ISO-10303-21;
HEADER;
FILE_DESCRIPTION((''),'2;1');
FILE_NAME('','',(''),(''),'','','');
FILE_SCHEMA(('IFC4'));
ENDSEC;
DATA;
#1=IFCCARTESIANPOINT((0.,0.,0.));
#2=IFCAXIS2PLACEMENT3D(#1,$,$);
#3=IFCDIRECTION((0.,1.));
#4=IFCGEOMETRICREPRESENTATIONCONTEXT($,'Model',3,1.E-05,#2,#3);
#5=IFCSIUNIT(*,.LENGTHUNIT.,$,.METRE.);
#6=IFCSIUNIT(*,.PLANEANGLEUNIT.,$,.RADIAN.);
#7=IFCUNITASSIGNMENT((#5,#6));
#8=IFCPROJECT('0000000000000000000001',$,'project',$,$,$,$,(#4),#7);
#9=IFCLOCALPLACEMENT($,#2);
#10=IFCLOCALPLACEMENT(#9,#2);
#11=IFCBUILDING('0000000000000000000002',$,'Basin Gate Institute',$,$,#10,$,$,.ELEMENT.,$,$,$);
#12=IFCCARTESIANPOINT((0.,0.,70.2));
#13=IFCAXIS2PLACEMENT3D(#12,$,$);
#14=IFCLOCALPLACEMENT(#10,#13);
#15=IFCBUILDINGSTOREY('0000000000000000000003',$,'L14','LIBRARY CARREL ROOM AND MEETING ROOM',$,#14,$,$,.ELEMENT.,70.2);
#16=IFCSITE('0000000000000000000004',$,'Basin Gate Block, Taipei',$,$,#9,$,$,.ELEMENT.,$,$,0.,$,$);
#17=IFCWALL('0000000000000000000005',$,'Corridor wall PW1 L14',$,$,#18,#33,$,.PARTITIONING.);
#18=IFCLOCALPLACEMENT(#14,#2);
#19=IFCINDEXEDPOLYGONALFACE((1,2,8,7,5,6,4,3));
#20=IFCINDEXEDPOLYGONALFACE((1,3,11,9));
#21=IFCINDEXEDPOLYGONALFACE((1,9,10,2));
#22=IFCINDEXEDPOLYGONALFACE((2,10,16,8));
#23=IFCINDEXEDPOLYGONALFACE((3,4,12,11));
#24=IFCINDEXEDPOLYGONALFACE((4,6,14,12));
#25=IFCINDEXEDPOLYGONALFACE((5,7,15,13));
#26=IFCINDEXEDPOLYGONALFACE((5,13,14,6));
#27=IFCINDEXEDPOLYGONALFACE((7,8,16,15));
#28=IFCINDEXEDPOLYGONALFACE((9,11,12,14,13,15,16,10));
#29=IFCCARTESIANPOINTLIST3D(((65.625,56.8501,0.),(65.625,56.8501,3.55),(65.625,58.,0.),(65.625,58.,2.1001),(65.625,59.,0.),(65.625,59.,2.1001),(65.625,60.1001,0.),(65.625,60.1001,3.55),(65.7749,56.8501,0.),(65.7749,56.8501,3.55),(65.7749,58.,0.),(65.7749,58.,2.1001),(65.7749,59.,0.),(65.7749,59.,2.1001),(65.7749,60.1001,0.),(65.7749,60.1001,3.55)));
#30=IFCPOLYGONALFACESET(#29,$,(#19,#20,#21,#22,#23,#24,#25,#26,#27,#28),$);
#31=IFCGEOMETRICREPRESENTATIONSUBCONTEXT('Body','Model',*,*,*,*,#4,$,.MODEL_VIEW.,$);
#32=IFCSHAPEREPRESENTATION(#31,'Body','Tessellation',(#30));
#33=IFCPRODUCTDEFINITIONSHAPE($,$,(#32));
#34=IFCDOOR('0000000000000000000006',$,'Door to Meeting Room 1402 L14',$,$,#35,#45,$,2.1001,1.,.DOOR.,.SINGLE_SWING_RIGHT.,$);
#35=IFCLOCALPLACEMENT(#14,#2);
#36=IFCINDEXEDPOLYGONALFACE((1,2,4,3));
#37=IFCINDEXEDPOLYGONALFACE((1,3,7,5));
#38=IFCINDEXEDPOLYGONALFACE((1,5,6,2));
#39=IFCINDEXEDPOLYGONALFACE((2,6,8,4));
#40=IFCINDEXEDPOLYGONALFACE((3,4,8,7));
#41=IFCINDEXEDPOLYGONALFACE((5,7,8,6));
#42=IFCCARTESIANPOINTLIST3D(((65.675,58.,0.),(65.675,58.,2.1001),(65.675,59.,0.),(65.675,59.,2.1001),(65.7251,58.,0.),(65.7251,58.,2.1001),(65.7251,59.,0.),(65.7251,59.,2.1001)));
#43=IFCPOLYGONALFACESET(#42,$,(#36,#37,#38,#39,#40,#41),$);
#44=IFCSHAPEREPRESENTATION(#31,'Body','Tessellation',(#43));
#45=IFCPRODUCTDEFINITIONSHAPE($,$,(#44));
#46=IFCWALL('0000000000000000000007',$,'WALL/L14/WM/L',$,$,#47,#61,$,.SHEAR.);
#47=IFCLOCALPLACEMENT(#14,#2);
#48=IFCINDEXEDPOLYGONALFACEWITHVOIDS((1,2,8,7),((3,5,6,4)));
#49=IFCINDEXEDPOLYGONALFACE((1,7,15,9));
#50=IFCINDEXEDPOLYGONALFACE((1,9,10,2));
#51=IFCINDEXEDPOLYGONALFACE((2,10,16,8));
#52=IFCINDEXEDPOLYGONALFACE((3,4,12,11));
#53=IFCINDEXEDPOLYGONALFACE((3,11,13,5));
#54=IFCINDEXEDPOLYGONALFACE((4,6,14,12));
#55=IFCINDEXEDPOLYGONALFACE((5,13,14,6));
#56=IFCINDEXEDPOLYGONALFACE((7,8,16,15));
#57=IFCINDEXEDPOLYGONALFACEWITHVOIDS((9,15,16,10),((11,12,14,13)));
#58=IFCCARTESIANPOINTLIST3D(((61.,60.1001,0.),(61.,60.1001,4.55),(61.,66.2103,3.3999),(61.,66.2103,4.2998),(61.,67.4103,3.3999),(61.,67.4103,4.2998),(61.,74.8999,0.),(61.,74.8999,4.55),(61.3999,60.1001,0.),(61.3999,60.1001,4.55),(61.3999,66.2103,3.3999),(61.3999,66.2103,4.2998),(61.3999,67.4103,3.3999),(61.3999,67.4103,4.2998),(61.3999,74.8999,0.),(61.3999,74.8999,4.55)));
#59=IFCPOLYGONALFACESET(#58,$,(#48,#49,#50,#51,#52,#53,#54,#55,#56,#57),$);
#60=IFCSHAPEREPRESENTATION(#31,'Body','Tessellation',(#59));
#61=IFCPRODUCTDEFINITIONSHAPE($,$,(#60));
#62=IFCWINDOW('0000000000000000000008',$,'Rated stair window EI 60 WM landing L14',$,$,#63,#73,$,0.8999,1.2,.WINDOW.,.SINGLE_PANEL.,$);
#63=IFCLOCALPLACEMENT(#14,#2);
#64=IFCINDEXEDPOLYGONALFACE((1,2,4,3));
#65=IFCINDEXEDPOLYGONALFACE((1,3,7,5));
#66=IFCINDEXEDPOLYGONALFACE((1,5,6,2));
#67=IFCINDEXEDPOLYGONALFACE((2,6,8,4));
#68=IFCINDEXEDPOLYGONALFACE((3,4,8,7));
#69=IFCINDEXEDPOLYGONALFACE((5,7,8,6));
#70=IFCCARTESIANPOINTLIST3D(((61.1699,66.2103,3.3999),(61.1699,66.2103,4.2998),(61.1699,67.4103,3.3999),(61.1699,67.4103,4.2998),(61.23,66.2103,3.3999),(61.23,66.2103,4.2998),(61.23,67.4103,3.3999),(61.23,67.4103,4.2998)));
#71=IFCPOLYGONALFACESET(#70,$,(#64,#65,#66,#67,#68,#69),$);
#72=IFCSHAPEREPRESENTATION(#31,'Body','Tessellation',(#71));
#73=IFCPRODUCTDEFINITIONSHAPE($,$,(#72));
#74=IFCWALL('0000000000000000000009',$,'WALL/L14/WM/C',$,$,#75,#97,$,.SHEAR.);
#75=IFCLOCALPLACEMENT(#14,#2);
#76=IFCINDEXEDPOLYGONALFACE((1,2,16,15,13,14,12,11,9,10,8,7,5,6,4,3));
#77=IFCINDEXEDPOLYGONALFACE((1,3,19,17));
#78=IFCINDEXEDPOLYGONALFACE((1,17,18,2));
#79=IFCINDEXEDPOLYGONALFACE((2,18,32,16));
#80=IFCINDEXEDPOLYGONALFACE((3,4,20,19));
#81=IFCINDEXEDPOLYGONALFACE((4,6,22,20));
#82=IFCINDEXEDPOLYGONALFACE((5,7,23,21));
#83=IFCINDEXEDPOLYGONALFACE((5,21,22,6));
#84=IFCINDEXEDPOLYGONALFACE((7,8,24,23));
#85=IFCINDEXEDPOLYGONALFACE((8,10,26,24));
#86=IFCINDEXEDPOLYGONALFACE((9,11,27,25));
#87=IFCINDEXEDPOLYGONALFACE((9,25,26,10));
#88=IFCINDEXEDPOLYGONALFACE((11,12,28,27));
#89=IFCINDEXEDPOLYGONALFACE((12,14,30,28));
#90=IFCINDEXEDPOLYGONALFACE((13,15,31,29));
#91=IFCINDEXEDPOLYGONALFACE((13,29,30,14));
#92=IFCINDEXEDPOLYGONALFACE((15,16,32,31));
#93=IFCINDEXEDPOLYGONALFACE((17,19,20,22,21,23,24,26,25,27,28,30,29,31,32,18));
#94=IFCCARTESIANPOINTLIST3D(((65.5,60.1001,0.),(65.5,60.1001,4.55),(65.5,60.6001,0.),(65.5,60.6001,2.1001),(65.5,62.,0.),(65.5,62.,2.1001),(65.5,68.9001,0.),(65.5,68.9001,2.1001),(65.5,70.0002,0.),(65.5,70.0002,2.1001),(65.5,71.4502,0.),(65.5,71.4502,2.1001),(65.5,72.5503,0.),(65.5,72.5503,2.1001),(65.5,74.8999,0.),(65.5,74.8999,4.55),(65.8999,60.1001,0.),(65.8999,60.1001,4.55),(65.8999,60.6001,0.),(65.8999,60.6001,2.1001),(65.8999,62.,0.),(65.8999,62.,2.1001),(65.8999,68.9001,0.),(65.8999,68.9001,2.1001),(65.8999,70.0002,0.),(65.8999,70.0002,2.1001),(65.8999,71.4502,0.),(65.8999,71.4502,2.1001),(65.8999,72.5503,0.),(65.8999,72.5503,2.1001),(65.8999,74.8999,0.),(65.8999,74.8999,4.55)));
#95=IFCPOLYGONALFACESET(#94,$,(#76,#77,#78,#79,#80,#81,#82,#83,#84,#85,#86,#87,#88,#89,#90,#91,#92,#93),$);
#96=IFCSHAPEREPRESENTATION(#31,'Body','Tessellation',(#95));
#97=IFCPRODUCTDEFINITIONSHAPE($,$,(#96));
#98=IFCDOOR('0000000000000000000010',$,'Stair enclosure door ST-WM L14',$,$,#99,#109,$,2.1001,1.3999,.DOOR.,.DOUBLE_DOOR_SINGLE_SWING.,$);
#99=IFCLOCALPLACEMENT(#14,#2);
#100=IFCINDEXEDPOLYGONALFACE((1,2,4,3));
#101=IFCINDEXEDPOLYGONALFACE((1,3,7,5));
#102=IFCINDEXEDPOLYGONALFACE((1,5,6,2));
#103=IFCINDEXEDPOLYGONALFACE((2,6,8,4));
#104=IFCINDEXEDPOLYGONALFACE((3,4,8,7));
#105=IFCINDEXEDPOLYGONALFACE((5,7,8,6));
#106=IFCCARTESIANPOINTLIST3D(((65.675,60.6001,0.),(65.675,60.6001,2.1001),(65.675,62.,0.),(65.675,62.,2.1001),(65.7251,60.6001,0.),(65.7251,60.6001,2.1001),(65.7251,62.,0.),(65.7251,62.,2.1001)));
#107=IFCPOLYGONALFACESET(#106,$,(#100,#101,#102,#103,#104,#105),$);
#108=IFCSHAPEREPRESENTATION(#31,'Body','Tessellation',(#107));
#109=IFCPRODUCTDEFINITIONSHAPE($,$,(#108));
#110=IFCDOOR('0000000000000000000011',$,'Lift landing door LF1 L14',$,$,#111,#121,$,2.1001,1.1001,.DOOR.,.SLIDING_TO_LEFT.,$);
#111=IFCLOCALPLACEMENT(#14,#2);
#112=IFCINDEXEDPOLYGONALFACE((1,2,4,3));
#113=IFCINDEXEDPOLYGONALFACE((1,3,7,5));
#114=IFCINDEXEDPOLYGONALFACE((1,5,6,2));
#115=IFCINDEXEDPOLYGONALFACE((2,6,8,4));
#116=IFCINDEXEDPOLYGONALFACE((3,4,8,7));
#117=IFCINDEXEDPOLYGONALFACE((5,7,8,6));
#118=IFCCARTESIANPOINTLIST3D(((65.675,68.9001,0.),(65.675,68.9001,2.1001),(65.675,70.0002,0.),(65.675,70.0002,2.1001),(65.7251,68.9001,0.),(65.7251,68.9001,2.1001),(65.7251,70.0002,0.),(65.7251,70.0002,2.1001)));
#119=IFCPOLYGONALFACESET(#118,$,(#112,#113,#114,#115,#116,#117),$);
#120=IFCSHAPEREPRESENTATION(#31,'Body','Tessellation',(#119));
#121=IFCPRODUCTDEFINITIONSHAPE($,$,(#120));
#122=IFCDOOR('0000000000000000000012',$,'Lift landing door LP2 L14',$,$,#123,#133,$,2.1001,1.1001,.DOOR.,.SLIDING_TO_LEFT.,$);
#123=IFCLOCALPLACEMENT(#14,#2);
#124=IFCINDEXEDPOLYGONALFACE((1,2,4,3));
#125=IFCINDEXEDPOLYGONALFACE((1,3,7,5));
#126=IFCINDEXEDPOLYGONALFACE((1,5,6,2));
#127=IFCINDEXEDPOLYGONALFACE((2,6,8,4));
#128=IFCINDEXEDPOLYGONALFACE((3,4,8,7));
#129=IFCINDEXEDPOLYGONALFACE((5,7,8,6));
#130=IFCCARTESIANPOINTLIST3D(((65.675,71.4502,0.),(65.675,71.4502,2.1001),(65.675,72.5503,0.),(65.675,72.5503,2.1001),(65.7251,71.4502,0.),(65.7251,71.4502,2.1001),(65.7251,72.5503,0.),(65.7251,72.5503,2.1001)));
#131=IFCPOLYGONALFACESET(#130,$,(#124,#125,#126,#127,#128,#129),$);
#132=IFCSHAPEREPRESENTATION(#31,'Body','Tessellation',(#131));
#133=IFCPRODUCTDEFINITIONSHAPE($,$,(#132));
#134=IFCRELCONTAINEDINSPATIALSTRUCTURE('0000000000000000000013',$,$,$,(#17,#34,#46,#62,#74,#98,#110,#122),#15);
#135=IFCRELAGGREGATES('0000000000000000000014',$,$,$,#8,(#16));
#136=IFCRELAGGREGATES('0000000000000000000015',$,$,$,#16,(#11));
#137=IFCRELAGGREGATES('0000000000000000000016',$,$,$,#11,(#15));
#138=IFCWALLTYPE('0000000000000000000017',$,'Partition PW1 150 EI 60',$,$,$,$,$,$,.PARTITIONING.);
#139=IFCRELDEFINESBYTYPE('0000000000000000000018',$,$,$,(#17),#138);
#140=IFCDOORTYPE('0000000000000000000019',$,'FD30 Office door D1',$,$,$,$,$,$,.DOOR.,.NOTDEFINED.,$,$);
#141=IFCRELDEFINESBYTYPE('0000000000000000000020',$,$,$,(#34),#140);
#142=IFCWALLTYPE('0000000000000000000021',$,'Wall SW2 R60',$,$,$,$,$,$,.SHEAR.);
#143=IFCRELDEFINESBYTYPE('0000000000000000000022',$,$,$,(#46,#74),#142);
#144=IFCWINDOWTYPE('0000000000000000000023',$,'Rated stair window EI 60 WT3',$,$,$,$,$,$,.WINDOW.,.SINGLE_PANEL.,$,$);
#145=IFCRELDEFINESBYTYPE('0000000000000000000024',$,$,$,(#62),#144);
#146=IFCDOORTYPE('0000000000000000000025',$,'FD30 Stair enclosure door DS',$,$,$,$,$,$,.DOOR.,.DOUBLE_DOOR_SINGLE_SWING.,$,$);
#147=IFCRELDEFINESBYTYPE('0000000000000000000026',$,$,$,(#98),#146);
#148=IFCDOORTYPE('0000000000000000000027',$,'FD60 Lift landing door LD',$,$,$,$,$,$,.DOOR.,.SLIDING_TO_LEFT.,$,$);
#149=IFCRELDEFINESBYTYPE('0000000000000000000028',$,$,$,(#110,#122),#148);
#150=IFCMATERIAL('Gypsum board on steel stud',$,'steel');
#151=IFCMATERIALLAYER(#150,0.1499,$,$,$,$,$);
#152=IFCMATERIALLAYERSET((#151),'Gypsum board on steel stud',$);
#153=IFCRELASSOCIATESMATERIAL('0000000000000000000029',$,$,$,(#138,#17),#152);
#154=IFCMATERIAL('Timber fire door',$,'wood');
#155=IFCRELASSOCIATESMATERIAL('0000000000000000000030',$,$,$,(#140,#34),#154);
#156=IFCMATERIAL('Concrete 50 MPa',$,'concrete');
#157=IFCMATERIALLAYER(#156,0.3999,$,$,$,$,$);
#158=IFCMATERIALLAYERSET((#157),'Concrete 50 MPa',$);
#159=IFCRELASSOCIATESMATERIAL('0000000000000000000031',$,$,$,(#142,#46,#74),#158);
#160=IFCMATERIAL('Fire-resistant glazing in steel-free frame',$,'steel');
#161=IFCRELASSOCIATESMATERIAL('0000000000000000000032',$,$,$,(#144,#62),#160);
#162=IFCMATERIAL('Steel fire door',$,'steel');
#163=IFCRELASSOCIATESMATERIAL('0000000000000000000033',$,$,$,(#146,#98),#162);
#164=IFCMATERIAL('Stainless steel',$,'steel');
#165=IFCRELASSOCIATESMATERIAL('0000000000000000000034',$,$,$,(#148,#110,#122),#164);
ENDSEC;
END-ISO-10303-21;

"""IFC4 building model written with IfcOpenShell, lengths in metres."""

from ifc_helpers import new_model, si_unit, direction, frame, frame_2d, origin, place, context, subcontext, project, spatial, rectangle, extrude, material, layer, layer_set, type_object, element, fill, save


model = new_model("IFC4")

# Units and contexts
model_context = context("Model", 3, precision=1e-05, world=origin(), true_north=direction((0.0, 1.0)))
body_context = subcontext(model_context, "Body", "Model", "MODEL_VIEW")
ifc_project = project(units=[si_unit("LENGTHUNIT", "METRE"), si_unit("PLANEANGLEUNIT", "RADIAN")], contexts=[model_context])

# Site, building, storey
site_placement = place(None, origin())
site = spatial("IfcSite", under=ifc_project, at=site_placement, Name="Basin Gate Block, Taipei", CompositionType="ELEMENT", RefElevation=0.0)
building_placement = place(site_placement, origin())
building = spatial("IfcBuilding", under=site, at=building_placement, Name="Basin Gate Institute", CompositionType="ELEMENT")
storey_placement = place(building_placement, frame((0.0, 0.0, 70.2)))
storey = spatial("IfcBuildingStorey", under=building, at=storey_placement, Name="L14", Description="LIBRARY CARREL ROOM AND MEETING ROOM", CompositionType="ELEMENT", Elevation=70.2)

# Wall, opening, door
ifc_material_1 = material(Name="Gypsum board on steel stud", Category="steel")
ifc_layer_1 = layer(ifc_material_1, 0.1499)
ifc_layer_set_1 = layer_set([ifc_layer_1], Name="Gypsum board on steel stud")
wall_type_1 = type_object("IfcWallType", Name="Partition PW1 150 EI 60", PredefinedType="PARTITIONING", material=ifc_layer_set_1)
wall_1_placement = place(storey_placement, frame((65.7, 56.8501, 0.0), z_axis=(0.0, 0.0, 1.0), x_axis=(0.0, 1.0, 0.0)))
wall_1 = element("IfcWall", 1, at=wall_1_placement, inside=storey, type_object=wall_type_1, material=ifc_layer_set_1, Name="Corridor wall PW1 L14", PredefinedType="PARTITIONING", context=body_context, shape_type="SweptSolid", body=[
    extrude(rectangle(XDim=3.25, YDim=0.1499, at=frame_2d((1.625, 0.0))), origin(), (0.0, 0.0, 1.0), 3.55),
])
opening_1_placement = place(wall_1_placement, frame((1.1499, 0.0, 0.0)))
opening_1 = element("IfcOpeningElement", 2, at=opening_1_placement, cuts=wall_1, PredefinedType="OPENING", context=body_context, shape_type="SweptSolid", body=[
    extrude(rectangle(XDim=1.0, YDim=2.1001, at=frame_2d((0.5, 1.05))), frame((0.0, 0.085, 0.0), z_axis=(0.0, -1.0, 0.0), x_axis=(1.0, 0.0, 0.0)), (0.0, 0.0, 1.0), 0.1699),
])
ifc_material_2 = material(Name="Timber fire door", Category="wood")
door_type_1 = type_object("IfcDoorType", Name="FD30 Office door D1", OperationType="NOTDEFINED", PredefinedType="DOOR", material=ifc_material_2)
door_1_placement = place(opening_1_placement, origin())
door_1 = element("IfcDoor", 3, at=door_1_placement, inside=storey, type_object=door_type_1, material=ifc_material_2, Name="Door to Meeting Room 1402 L14", OperationType="SINGLE_SWING_RIGHT", OverallHeight=2.1001, OverallWidth=1.0, PredefinedType="DOOR", context=body_context, shape_type="SweptSolid", body=[
    extrude(rectangle(XDim=1.0, YDim=2.1001, at=frame_2d((0.5, 1.05))), frame((0.0, 0.0249, 0.0), z_axis=(0.0, -1.0, 0.0), x_axis=(1.0, 0.0, 0.0)), (0.0, 0.0, 1.0), 0.05),
])
fill(opening_1, door_1)

# Wall, opening, window
ifc_material_3 = material(Name="Concrete 50 MPa", Category="concrete")
ifc_layer_2 = layer(ifc_material_3, 0.3999)
ifc_layer_set_2 = layer_set([ifc_layer_2], Name="Concrete 50 MPa")
wall_type_2 = type_object("IfcWallType", Name="Wall SW2 R60", PredefinedType="SHEAR", material=ifc_layer_set_2)
wall_2_placement = place(storey_placement, frame((61.2, 60.1001, 0.0), z_axis=(0.0, 0.0, 1.0), x_axis=(0.0, 1.0, 0.0)))
wall_2 = element("IfcWall", 4, at=wall_2_placement, inside=storey, type_object=wall_type_2, material=ifc_layer_set_2, Name="WALL/L14/WM/L", PredefinedType="SHEAR", context=body_context, shape_type="SweptSolid", body=[
    extrude(rectangle(XDim=14.7998, YDim=0.3999, at=frame_2d((7.3999, 0.0))), origin(), (0.0, 0.0, 1.0), 4.55),
])
opening_2_placement = place(wall_2_placement, frame((6.1101, 0.0, 3.3999)))
opening_2 = element("IfcOpeningElement", 5, at=opening_2_placement, cuts=wall_2, PredefinedType="OPENING", context=body_context, shape_type="SweptSolid", body=[
    extrude(rectangle(XDim=1.2, YDim=0.8999, at=frame_2d((0.6001, 0.45))), frame((0.0, 0.21, 0.0), z_axis=(0.0, -1.0, 0.0), x_axis=(1.0, 0.0, 0.0)), (0.0, 0.0, 1.0), 0.4199),
])
ifc_material_4 = material(Name="Fire-resistant glazing in steel-free frame", Category="steel")
window_type_1 = type_object("IfcWindowType", Name="Rated stair window EI 60 WT3", PartitioningType="SINGLE_PANEL", PredefinedType="WINDOW", material=ifc_material_4)
window_1_placement = place(opening_2_placement, origin())
window_1 = element("IfcWindow", 6, at=window_1_placement, inside=storey, type_object=window_type_1, material=ifc_material_4, Name="Rated stair window EI 60 WM landing L14", OverallHeight=0.8999, OverallWidth=1.2, PartitioningType="SINGLE_PANEL", PredefinedType="WINDOW", context=body_context, shape_type="SweptSolid", body=[
    extrude(rectangle(XDim=1.2, YDim=0.8999, at=frame_2d((0.6001, 0.45))), frame((0.0, 0.03, 0.0), z_axis=(0.0, -1.0, 0.0), x_axis=(1.0, 0.0, 0.0)), (0.0, 0.0, 1.0), 0.0601),
])
fill(opening_2, window_1)

# Wall, openings, doors
wall_3_placement = place(storey_placement, frame((65.7, 60.1001, 0.0), z_axis=(0.0, 0.0, 1.0), x_axis=(0.0, 1.0, 0.0)))
wall_3 = element("IfcWall", 7, at=wall_3_placement, inside=storey, type_object=wall_type_2, material=ifc_layer_set_2, Name="WALL/L14/WM/C", PredefinedType="SHEAR", context=body_context, shape_type="SweptSolid", body=[
    extrude(rectangle(XDim=14.7998, YDim=0.3999, at=frame_2d((7.3999, 0.0))), origin(), (0.0, 0.0, 1.0), 4.55),
])
opening_3_placement = place(wall_3_placement, frame((0.5, 0.0, 0.0)))
opening_3 = element("IfcOpeningElement", 8, at=opening_3_placement, cuts=wall_3, PredefinedType="OPENING", context=body_context, shape_type="SweptSolid", body=[
    extrude(rectangle(XDim=1.3999, YDim=2.1001, at=frame_2d((0.7, 1.05))), frame((0.0, 0.21, 0.0), z_axis=(0.0, -1.0, 0.0), x_axis=(1.0, 0.0, 0.0)), (0.0, 0.0, 1.0), 0.4199),
])
opening_4_placement = place(wall_3_placement, frame((8.8, 0.0, 0.0)))
opening_4 = element("IfcOpeningElement", 9, at=opening_4_placement, cuts=wall_3, PredefinedType="OPENING", context=body_context, shape_type="SweptSolid", body=[
    extrude(rectangle(XDim=1.1001, YDim=2.1001, at=frame_2d((0.55, 1.05))), frame((0.0, 0.21, 0.0), z_axis=(0.0, -1.0, 0.0), x_axis=(1.0, 0.0, 0.0)), (0.0, 0.0, 1.0), 0.4199),
])
opening_5_placement = place(wall_3_placement, frame((11.3501, 0.0, 0.0)))
opening_5 = element("IfcOpeningElement", 10, at=opening_5_placement, cuts=wall_3, PredefinedType="OPENING", context=body_context, shape_type="SweptSolid", body=[
    extrude(rectangle(XDim=1.1001, YDim=2.1001, at=frame_2d((0.55, 1.05))), frame((0.0, 0.21, 0.0), z_axis=(0.0, -1.0, 0.0), x_axis=(1.0, 0.0, 0.0)), (0.0, 0.0, 1.0), 0.4199),
])
ifc_material_5 = material(Name="Steel fire door", Category="steel")
door_type_2 = type_object("IfcDoorType", Name="FD30 Stair enclosure door DS", OperationType="DOUBLE_DOOR_SINGLE_SWING", PredefinedType="DOOR", material=ifc_material_5)
door_2_placement = place(opening_3_placement, origin())
door_2 = element("IfcDoor", 11, at=door_2_placement, inside=storey, type_object=door_type_2, material=ifc_material_5, Name="Stair enclosure door ST-WM L14", OperationType="DOUBLE_DOOR_SINGLE_SWING", OverallHeight=2.1001, OverallWidth=1.3999, PredefinedType="DOOR", context=body_context, shape_type="SweptSolid", body=[
    extrude(rectangle(XDim=1.3999, YDim=2.1001, at=frame_2d((0.7, 1.05))), frame((0.0, 0.0249, 0.0), z_axis=(0.0, -1.0, 0.0), x_axis=(1.0, 0.0, 0.0)), (0.0, 0.0, 1.0), 0.05),
])
fill(opening_3, door_2)
ifc_material_6 = material(Name="Stainless steel", Category="steel")
door_type_3 = type_object("IfcDoorType", Name="FD60 Lift landing door LD", OperationType="SLIDING_TO_LEFT", PredefinedType="DOOR", material=ifc_material_6)
door_3_placement = place(opening_4_placement, origin())
door_3 = element("IfcDoor", 12, at=door_3_placement, inside=storey, type_object=door_type_3, material=ifc_material_6, Name="Lift landing door LF1 L14", OperationType="SLIDING_TO_LEFT", OverallHeight=2.1001, OverallWidth=1.1001, PredefinedType="DOOR", context=body_context, shape_type="SweptSolid", body=[
    extrude(rectangle(XDim=1.1001, YDim=2.1001, at=frame_2d((0.55, 1.05))), frame((0.0, 0.0249, 0.0), z_axis=(0.0, -1.0, 0.0), x_axis=(1.0, 0.0, 0.0)), (0.0, 0.0, 1.0), 0.05),
])
fill(opening_4, door_3)
door_4_placement = place(opening_5_placement, origin())
door_4 = element("IfcDoor", 13, at=door_4_placement, inside=storey, type_object=door_type_3, material=ifc_material_6, Name="Lift landing door LP2 L14", OperationType="SLIDING_TO_LEFT", OverallHeight=2.1001, OverallWidth=1.1001, PredefinedType="DOOR", context=body_context, shape_type="SweptSolid", body=[
    extrude(rectangle(XDim=1.1001, YDim=2.1001, at=frame_2d((0.55, 1.05))), frame((0.0, 0.0249, 0.0), z_axis=(0.0, -1.0, 0.0), x_axis=(1.0, 0.0, 0.0)), (0.0, 0.0, 1.0), 0.05),
])
fill(opening_5, door_4)

save(model, "model.ifc")
